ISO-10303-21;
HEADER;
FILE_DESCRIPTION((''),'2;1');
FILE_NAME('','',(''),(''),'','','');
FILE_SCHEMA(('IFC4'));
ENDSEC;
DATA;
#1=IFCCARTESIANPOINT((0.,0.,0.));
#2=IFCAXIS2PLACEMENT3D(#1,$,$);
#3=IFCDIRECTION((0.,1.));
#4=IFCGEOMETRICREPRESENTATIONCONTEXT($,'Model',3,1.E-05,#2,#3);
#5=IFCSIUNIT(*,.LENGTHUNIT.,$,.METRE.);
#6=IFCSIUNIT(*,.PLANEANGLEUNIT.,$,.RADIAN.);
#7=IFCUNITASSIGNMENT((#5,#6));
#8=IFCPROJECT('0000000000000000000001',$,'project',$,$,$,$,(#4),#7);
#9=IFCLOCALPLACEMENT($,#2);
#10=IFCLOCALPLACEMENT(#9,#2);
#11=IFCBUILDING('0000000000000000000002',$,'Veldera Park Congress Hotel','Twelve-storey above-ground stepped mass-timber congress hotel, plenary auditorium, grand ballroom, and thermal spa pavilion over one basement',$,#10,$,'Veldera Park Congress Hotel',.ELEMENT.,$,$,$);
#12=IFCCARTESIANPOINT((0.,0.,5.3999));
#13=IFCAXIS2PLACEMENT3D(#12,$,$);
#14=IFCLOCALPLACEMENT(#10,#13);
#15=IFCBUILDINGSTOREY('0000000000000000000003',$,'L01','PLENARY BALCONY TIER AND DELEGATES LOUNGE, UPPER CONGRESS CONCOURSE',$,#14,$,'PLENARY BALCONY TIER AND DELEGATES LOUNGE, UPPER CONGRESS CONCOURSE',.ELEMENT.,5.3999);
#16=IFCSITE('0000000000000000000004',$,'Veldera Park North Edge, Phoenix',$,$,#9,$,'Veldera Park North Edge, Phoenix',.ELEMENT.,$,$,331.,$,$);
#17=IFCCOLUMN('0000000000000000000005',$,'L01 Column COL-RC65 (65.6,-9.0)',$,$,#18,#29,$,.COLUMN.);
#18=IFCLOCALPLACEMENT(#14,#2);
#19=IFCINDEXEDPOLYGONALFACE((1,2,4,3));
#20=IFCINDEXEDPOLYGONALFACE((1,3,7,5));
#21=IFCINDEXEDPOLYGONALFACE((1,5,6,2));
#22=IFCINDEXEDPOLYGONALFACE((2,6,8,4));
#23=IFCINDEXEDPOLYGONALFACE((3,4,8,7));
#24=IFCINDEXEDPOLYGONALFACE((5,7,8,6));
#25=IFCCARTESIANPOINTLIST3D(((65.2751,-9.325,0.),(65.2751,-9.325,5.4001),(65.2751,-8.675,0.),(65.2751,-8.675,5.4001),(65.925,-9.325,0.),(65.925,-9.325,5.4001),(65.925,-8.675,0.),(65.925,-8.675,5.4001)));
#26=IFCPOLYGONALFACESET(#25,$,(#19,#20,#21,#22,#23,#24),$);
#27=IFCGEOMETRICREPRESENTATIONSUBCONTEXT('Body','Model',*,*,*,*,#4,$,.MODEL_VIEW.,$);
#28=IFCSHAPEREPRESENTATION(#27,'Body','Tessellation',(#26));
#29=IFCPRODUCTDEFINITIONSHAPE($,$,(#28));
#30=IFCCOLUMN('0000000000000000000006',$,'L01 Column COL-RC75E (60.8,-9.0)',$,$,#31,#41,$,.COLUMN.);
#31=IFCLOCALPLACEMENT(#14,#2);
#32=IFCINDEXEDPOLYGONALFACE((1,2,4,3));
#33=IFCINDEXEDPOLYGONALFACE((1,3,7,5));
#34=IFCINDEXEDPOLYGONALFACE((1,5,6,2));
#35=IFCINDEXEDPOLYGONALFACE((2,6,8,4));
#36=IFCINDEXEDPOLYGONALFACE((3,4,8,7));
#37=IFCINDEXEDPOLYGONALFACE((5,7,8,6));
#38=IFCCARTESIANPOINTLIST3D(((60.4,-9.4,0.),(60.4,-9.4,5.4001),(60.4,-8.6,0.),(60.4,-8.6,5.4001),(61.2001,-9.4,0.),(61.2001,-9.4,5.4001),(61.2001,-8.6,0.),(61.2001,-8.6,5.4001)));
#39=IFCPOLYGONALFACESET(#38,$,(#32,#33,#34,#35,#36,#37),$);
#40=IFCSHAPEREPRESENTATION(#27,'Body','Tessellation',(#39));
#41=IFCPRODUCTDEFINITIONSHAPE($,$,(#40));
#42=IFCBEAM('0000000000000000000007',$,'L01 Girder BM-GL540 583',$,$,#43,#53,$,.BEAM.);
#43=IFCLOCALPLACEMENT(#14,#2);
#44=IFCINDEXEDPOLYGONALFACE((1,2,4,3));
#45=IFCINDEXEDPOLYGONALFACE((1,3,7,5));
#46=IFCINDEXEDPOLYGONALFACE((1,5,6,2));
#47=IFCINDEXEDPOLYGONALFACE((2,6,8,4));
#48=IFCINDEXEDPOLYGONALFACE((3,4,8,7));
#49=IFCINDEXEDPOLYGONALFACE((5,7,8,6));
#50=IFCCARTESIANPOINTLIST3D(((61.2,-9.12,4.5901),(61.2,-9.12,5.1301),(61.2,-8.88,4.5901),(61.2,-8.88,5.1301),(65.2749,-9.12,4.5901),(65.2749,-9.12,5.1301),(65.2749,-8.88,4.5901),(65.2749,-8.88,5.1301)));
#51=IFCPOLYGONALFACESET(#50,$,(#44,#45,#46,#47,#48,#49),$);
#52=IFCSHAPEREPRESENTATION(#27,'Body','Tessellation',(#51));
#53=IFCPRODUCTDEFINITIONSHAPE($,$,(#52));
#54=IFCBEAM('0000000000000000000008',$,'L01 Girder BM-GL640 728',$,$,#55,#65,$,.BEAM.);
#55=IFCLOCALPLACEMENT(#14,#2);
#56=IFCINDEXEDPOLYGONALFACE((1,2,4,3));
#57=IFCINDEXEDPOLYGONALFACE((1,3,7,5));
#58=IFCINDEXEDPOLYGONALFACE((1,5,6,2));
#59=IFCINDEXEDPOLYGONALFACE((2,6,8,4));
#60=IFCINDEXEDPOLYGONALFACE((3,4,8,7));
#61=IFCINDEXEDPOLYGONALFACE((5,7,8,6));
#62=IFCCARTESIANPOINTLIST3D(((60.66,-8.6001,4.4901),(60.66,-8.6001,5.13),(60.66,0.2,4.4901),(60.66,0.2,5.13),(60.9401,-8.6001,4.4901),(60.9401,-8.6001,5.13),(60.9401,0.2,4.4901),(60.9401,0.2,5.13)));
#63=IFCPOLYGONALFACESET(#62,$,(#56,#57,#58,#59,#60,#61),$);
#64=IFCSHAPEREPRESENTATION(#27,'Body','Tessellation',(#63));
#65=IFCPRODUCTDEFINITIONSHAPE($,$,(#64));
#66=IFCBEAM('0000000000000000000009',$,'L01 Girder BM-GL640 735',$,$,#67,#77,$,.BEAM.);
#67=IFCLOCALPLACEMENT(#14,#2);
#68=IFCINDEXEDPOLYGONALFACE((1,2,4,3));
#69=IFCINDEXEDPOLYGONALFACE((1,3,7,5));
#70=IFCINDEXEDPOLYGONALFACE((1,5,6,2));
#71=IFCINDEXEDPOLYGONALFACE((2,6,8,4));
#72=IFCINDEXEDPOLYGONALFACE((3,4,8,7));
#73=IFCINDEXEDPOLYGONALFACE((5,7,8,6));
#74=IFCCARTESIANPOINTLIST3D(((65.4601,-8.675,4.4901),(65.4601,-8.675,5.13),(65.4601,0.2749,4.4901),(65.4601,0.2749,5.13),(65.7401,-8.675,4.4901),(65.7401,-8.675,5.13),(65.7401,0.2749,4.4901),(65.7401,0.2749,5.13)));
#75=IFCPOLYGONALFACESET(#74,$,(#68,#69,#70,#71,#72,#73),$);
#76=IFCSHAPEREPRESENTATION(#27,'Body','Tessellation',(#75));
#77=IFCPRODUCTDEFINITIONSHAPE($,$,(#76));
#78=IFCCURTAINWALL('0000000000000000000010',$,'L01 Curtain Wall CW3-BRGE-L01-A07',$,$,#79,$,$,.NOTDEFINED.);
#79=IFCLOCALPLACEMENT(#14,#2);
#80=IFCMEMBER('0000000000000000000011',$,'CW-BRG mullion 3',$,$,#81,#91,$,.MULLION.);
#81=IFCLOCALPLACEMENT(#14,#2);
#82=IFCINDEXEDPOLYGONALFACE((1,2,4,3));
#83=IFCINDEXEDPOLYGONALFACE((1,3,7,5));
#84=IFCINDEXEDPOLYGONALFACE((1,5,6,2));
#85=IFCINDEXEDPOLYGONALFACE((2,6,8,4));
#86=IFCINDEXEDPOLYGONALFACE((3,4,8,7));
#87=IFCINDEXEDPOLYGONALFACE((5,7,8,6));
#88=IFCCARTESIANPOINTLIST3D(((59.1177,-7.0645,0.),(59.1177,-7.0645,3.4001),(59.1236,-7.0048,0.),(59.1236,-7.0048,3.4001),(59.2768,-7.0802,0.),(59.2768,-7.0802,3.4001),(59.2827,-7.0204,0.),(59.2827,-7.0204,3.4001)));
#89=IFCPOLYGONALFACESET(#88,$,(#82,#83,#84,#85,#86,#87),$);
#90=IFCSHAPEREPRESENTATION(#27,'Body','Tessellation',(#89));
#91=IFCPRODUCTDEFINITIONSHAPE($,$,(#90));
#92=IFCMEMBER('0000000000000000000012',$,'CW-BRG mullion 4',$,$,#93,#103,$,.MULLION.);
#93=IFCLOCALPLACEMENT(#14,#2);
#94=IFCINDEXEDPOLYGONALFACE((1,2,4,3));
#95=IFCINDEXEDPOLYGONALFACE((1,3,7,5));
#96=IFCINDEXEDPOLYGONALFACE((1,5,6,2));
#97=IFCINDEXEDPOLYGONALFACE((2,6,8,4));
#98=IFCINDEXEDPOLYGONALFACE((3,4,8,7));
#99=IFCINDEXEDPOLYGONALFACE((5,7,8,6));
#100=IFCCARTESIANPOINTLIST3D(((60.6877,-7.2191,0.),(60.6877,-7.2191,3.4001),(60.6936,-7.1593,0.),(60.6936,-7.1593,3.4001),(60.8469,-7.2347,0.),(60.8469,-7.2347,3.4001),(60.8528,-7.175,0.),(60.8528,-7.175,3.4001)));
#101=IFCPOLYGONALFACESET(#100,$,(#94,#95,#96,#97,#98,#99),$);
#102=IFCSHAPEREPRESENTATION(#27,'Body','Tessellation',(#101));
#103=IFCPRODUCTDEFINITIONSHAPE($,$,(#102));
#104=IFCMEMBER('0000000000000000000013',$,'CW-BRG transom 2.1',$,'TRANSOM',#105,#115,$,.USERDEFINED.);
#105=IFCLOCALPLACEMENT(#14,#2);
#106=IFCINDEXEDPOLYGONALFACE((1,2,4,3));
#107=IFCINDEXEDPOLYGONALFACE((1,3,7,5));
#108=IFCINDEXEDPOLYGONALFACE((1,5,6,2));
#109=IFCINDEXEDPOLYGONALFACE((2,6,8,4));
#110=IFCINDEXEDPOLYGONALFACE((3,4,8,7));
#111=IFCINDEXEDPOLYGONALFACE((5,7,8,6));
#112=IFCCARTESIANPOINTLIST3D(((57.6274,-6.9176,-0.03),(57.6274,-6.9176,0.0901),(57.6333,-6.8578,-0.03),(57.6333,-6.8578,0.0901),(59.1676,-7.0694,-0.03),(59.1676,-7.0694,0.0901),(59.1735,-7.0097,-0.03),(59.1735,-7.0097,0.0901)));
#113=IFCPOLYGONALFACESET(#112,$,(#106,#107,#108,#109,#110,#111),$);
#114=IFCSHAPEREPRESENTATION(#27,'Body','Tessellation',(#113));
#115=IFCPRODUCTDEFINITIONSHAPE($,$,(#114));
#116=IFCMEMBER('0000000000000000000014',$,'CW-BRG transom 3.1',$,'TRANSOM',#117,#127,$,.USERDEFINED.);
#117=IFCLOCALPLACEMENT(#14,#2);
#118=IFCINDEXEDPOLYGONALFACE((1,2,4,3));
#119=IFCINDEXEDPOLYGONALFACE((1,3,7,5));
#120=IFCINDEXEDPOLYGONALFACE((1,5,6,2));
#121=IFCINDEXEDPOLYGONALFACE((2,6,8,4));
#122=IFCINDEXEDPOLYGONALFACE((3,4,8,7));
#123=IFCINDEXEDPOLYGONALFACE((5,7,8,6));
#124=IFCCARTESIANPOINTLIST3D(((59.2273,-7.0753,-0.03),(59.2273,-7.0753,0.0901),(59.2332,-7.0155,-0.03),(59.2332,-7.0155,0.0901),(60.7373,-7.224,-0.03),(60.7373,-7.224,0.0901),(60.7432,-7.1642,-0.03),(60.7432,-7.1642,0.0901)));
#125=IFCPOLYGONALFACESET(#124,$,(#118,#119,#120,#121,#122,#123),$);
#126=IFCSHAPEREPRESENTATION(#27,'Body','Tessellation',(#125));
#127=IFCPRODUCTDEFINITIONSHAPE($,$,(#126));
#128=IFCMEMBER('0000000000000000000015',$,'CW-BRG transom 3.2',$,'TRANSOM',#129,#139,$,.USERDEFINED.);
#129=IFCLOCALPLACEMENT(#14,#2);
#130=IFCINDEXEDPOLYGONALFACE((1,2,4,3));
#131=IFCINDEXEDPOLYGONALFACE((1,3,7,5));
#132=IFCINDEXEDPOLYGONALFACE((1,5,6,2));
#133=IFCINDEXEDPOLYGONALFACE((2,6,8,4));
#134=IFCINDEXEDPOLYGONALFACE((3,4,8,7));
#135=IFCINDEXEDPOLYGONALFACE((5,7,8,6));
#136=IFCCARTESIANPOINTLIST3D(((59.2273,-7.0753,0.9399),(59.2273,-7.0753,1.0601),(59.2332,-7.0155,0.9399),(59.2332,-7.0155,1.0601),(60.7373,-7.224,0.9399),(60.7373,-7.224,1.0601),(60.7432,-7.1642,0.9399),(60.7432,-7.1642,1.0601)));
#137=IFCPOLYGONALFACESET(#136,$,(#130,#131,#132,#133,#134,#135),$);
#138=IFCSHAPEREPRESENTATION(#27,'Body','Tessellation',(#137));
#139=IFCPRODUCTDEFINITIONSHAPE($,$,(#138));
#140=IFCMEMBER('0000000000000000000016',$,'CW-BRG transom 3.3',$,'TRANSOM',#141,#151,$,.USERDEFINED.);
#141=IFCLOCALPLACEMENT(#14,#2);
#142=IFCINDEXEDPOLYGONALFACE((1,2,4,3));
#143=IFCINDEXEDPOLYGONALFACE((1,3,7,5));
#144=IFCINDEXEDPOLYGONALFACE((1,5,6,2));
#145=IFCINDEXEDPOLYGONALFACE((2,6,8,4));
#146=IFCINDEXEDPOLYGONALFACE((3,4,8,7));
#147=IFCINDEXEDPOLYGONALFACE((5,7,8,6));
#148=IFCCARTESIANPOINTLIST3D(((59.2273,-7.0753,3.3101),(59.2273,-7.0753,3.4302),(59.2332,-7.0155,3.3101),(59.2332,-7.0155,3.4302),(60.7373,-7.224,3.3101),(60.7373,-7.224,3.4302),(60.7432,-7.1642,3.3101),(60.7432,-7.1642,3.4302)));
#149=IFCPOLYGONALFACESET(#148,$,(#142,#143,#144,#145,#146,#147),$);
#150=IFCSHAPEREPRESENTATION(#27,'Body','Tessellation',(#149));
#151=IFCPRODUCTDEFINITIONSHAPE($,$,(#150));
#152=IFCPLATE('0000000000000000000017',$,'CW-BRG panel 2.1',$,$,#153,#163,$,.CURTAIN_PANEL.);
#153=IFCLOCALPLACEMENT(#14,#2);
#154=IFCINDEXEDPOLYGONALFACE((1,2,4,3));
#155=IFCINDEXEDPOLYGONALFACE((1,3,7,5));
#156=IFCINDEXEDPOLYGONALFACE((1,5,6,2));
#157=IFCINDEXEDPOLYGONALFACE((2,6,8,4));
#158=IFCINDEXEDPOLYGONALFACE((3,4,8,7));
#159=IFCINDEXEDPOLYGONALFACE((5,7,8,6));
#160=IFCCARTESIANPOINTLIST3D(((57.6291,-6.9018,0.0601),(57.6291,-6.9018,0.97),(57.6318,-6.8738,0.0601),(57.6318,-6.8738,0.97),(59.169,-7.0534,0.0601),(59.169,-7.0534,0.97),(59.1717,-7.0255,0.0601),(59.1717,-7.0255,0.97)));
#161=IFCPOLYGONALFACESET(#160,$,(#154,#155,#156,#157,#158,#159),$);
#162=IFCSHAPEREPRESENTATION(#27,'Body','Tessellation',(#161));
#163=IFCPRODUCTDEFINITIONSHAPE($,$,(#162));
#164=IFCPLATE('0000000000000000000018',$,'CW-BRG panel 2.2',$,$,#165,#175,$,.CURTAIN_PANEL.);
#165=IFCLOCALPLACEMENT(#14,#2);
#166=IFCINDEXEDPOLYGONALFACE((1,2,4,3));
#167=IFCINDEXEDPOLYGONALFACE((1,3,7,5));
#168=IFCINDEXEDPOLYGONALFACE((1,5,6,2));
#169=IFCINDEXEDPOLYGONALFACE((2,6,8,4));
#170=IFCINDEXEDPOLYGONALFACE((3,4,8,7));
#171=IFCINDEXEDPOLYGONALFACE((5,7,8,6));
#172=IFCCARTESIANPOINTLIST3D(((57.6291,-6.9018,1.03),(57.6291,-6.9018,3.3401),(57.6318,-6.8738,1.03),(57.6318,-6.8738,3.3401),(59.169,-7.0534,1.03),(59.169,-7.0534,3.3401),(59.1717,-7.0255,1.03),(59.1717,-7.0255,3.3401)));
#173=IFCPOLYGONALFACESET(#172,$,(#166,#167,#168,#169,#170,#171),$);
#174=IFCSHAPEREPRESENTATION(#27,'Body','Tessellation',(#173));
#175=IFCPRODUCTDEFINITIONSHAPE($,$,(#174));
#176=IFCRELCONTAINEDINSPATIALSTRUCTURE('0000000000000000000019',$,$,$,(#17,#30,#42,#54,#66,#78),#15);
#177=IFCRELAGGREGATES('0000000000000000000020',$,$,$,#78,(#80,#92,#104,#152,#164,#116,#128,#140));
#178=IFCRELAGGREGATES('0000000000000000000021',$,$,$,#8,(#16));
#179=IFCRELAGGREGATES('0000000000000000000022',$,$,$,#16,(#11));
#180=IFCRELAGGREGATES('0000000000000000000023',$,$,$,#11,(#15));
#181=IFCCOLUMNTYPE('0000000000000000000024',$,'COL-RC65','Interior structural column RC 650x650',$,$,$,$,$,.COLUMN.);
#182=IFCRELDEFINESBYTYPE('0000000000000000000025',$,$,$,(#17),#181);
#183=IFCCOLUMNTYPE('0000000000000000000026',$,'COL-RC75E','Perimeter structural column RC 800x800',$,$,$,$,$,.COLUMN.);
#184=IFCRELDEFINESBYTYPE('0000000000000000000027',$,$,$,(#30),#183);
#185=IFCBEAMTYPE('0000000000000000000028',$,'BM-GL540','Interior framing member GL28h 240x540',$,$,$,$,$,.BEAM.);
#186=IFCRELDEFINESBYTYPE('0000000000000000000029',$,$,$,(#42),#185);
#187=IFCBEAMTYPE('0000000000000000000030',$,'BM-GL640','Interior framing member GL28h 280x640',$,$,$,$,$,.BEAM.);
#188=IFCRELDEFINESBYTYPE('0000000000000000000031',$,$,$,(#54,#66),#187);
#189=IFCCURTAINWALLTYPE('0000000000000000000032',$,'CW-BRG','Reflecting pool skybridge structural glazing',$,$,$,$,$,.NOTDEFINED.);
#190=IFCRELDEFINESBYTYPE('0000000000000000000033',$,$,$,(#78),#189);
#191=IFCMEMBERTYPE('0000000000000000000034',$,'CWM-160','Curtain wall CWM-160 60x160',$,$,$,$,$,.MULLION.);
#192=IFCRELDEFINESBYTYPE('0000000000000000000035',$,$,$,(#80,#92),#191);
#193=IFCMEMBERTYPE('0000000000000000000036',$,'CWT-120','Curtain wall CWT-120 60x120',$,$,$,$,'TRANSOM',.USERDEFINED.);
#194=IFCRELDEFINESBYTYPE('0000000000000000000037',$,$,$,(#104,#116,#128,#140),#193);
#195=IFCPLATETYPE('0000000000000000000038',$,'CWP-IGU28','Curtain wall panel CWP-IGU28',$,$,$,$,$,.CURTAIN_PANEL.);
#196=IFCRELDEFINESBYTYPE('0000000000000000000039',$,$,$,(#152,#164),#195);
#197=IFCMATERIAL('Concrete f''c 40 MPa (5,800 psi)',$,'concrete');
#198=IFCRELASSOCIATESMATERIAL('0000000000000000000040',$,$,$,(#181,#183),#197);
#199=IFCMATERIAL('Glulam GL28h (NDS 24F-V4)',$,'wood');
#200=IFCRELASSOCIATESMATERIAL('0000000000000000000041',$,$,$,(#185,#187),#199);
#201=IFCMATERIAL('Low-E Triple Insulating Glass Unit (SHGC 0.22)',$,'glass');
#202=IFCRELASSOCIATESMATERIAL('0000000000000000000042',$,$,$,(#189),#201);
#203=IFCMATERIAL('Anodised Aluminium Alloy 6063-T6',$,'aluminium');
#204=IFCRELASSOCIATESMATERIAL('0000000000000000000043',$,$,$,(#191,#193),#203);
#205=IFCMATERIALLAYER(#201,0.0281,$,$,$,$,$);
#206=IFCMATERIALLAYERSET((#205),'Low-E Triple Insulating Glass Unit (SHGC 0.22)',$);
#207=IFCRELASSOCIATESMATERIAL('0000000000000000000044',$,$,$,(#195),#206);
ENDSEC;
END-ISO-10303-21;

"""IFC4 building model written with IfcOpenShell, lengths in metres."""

from ifc_helpers import new_model, si_unit, direction, frame, origin, origin_2d, place, context, subcontext, project, spatial, rectangle, extrude, material, layer, layer_set, material_profile, profile_set, type_object, element, aggregate, save


model = new_model("IFC4")

# Units and contexts
model_context = context("Model", 3, precision=1e-05, world=origin(), true_north=direction((0.0, 1.0)))
body_context = subcontext(model_context, "Body", "Model", "MODEL_VIEW")
ifc_project = project(units=[si_unit("LENGTHUNIT", "METRE"), si_unit("PLANEANGLEUNIT", "RADIAN")], contexts=[model_context])

# Site, building, storey
site_placement = place(None, origin())
site = spatial("IfcSite", under=ifc_project, at=site_placement, Name="Veldera Park North Edge, Phoenix", LongName="Veldera Park North Edge, Phoenix", CompositionType="ELEMENT", RefElevation=331.0)
building_placement = place(site_placement, origin())
building = spatial("IfcBuilding", under=site, at=building_placement, Name="Veldera Park Congress Hotel", Description="Twelve-storey above-ground stepped mass-timber congress hotel, plenary auditorium, grand ballroom, and thermal spa pavilion over one basement", LongName="Veldera Park Congress Hotel", CompositionType="ELEMENT")
storey_placement = place(building_placement, frame((0.0, 0.0, 5.3999)))
storey = spatial("IfcBuildingStorey", under=building, at=storey_placement, Name="L01", Description="PLENARY BALCONY TIER AND DELEGATES LOUNGE, UPPER CONGRESS CONCOURSE", LongName="PLENARY BALCONY TIER AND DELEGATES LOUNGE, UPPER CONGRESS CONCOURSE", CompositionType="ELEMENT", Elevation=5.3999)

# Columns
ifc_material_1 = material(Name="Concrete f'c 40 MPa (5,800 psi)", Category="concrete")
ifc_material_profile_1 = material_profile(ifc_material_1, rectangle(XDim=0.6499, YDim=0.6499, at=origin_2d()), Name="RC 650x650")
ifc_profile_set_1 = profile_set([ifc_material_profile_1], Name="Concrete f'c 40 MPa (5,800 psi)")
column_type_1 = type_object("IfcColumnType", Name="COL-RC65", Description="Interior structural column RC 650x650", PredefinedType="COLUMN", material=ifc_profile_set_1)
column_1_placement = place(storey_placement, frame((65.6001, -9.0, 0.0), z_axis=(0.0, 0.0, 1.0), x_axis=(1.0, 0.0, 0.0)))
element("IfcColumn", 1, at=column_1_placement, inside=storey, type_object=column_type_1, Name="L01 Column COL-RC65 (65.6,-9.0)", PredefinedType="COLUMN", context=body_context, shape_type="SweptSolid", body=[
    extrude(rectangle(XDim=0.6499, YDim=0.6499, at=origin_2d()), origin(), (0.0, 0.0, 1.0), 5.4001),
])
ifc_material_profile_2 = material_profile(ifc_material_1, rectangle(XDim=0.8, YDim=0.8, at=origin_2d()), Name="RC 800x800")
ifc_profile_set_2 = profile_set([ifc_material_profile_2], Name="Concrete f'c 40 MPa (5,800 psi)")
column_type_2 = type_object("IfcColumnType", Name="COL-RC75E", Description="Perimeter structural column RC 800x800", PredefinedType="COLUMN", material=ifc_profile_set_2)
column_2_placement = place(storey_placement, frame((60.8, -9.0, 0.0), z_axis=(0.0, 0.0, 1.0), x_axis=(1.0, 0.0, 0.0)))
element("IfcColumn", 2, at=column_2_placement, inside=storey, type_object=column_type_2, Name="L01 Column COL-RC75E (60.8,-9.0)", PredefinedType="COLUMN", context=body_context, shape_type="SweptSolid", body=[
    extrude(rectangle(XDim=0.8, YDim=0.8, at=origin_2d()), origin(), (0.0, 0.0, 1.0), 5.4001),
])

# Beams
ifc_material_2 = material(Name="Glulam GL28h (NDS 24F-V4)", Category="wood")
ifc_material_profile_3 = material_profile(ifc_material_2, rectangle(XDim=0.24, YDim=0.54, at=origin_2d()), Name="GL28h 240x540")
ifc_profile_set_3 = profile_set([ifc_material_profile_3], Name="Glulam GL28h (NDS 24F-V4)")
beam_type_1 = type_object("IfcBeamType", Name="BM-GL540", Description="Interior framing member GL28h 240x540", PredefinedType="BEAM", material=ifc_profile_set_3)
beam_1_placement = place(storey_placement, frame((61.2, -9.0, 4.8601), z_axis=(1.0, 0.0, 0.0), x_axis=(0.0, 1.0, 0.0)))
element("IfcBeam", 3, at=beam_1_placement, inside=storey, type_object=beam_type_1, Name="L01 Girder BM-GL540 583", PredefinedType="BEAM", context=body_context, shape_type="SweptSolid", body=[
    extrude(rectangle(XDim=0.24, YDim=0.54, at=origin_2d()), origin(), (0.0, 0.0, 1.0), 4.075),
])
ifc_material_profile_4 = material_profile(ifc_material_2, rectangle(XDim=0.28, YDim=0.6399, at=origin_2d()), Name="GL28h 280x640")
ifc_profile_set_4 = profile_set([ifc_material_profile_4], Name="Glulam GL28h (NDS 24F-V4)")
beam_type_2 = type_object("IfcBeamType", Name="BM-GL640", Description="Interior framing member GL28h 280x640", PredefinedType="BEAM", material=ifc_profile_set_4)
beam_2_placement = place(storey_placement, frame((60.8, -8.6001, 4.8101), z_axis=(0.0, 1.0, 0.0), x_axis=(-1.0, 0.0, 0.0)))
element("IfcBeam", 4, at=beam_2_placement, inside=storey, type_object=beam_type_2, Name="L01 Girder BM-GL640 728", PredefinedType="BEAM", context=body_context, shape_type="SweptSolid", body=[
    extrude(rectangle(XDim=0.28, YDim=0.6399, at=origin_2d()), origin(), (0.0, 0.0, 1.0), 8.8),
])
beam_3_placement = place(storey_placement, frame((65.6001, -8.675, 4.8101), z_axis=(0.0, 1.0, 0.0), x_axis=(-1.0, 0.0, 0.0)))
element("IfcBeam", 5, at=beam_3_placement, inside=storey, type_object=beam_type_2, Name="L01 Girder BM-GL640 735", PredefinedType="BEAM", context=body_context, shape_type="SweptSolid", body=[
    extrude(rectangle(XDim=0.28, YDim=0.6399, at=origin_2d()), origin(), (0.0, 0.0, 1.0), 8.95),
])

# Curtain wall, members, plates
ifc_material_3 = material(Name="Low-E Triple Insulating Glass Unit (SHGC 0.22)", Category="glass")
curtain_wall_type = type_object("IfcCurtainWallType", Name="CW-BRG", Description="Reflecting pool skybridge structural glazing", PredefinedType="NOTDEFINED", material=ifc_material_3)
curtain_wall_placement = place(storey_placement, origin())
curtain_wall = element("IfcCurtainWall", 6, at=curtain_wall_placement, inside=storey, type_object=curtain_wall_type, Name="L01 Curtain Wall CW3-BRGE-L01-A07", PredefinedType="NOTDEFINED")
ifc_material_4 = material(Name="Anodised Aluminium Alloy 6063-T6", Category="aluminium")
ifc_material_profile_5 = material_profile(ifc_material_4, rectangle(XDim=0.0601, YDim=0.1599, at=origin_2d()), Name="ALU 60x160")
ifc_profile_set_5 = profile_set([ifc_material_profile_5], Name="Anodised Aluminium Alloy 6063-T6")
member_type_1 = type_object("IfcMemberType", Name="CWM-160", Description="Curtain wall CWM-160 60x160", PredefinedType="MULLION", material=ifc_profile_set_5)
member_1_placement = place(storey_placement, frame((59.2002, -7.0425, 0.0), z_axis=(0.0, 0.0, 1.0), x_axis=(0.098021, 0.995184, 0.0)))
member_1 = element("IfcMember", 7, at=member_1_placement, type_object=member_type_1, Name="CW-BRG mullion 3", PredefinedType="MULLION", context=body_context, shape_type="SweptSolid", body=[
    extrude(rectangle(XDim=0.0601, YDim=0.1599, at=origin_2d()), origin(), (0.0, 0.0, 1.0), 3.4001),
])
member_2_placement = place(storey_placement, frame((60.7703, -7.197, 0.0), z_axis=(0.0, 0.0, 1.0), x_axis=(0.098021, 0.995184, 0.0)))
member_2 = element("IfcMember", 8, at=member_2_placement, type_object=member_type_1, Name="CW-BRG mullion 4", PredefinedType="MULLION", context=body_context, shape_type="SweptSolid", body=[
    extrude(rectangle(XDim=0.0601, YDim=0.1599, at=origin_2d()), origin(), (0.0, 0.0, 1.0), 3.4001),
])
ifc_material_profile_6 = material_profile(ifc_material_4, rectangle(XDim=0.0601, YDim=0.1201, at=origin_2d()), Name="ALU 60x120")
ifc_profile_set_6 = profile_set([ifc_material_profile_6], Name="Anodised Aluminium Alloy 6063-T6")
member_type_2 = type_object("IfcMemberType", Name="CWT-120", Description="Curtain wall CWT-120 60x120", ElementType="TRANSOM", PredefinedType="USERDEFINED", material=ifc_profile_set_6)
member_3_placement = place(storey_placement, frame((57.6304, -6.8877, 0.03), z_axis=(0.995174, -0.098129, 0.0), x_axis=(0.098129, 0.995174, 0.0)))
member_3 = element("IfcMember", 9, at=member_3_placement, type_object=member_type_2, Name="CW-BRG transom 2.1", ObjectType="TRANSOM", PredefinedType="USERDEFINED", context=body_context, shape_type="SweptSolid", body=[
    extrude(rectangle(XDim=0.0601, YDim=0.1201, at=origin_2d()), origin(), (0.0, 0.0, 1.0), 1.5476),
])
member_4_placement = place(storey_placement, frame((59.2302, -7.0454, 0.03), z_axis=(0.995187, -0.09799, 0.0), x_axis=(0.09799, 0.995187, 0.0)))
member_4 = element("IfcMember", 10, at=member_4_placement, type_object=member_type_2, Name="CW-BRG transom 3.1", ObjectType="TRANSOM", PredefinedType="USERDEFINED", context=body_context, shape_type="SweptSolid", body=[
    extrude(rectangle(XDim=0.0601, YDim=0.1201, at=origin_2d()), origin(), (0.0, 0.0, 1.0), 1.5173),
])
member_5_placement = place(storey_placement, frame((59.2302, -7.0454, 1.0), z_axis=(0.995187, -0.09799, 0.0), x_axis=(0.09799, 0.995187, 0.0)))
member_5 = element("IfcMember", 11, at=member_5_placement, type_object=member_type_2, Name="CW-BRG transom 3.2", ObjectType="TRANSOM", PredefinedType="USERDEFINED", context=body_context, shape_type="SweptSolid", body=[
    extrude(rectangle(XDim=0.0601, YDim=0.1201, at=origin_2d()), origin(), (0.0, 0.0, 1.0), 1.5173),
])
member_6_placement = place(storey_placement, frame((59.2302, -7.0454, 3.3701), z_axis=(0.995187, -0.09799, 0.0), x_axis=(0.09799, 0.995187, 0.0)))
member_6 = element("IfcMember", 12, at=member_6_placement, type_object=member_type_2, Name="CW-BRG transom 3.3", ObjectType="TRANSOM", PredefinedType="USERDEFINED", context=body_context, shape_type="SweptSolid", body=[
    extrude(rectangle(XDim=0.0601, YDim=0.1201, at=origin_2d()), origin(), (0.0, 0.0, 1.0), 1.5173),
])
ifc_layer_1 = layer(ifc_material_3, 0.0281)
ifc_layer_set_1 = layer_set([ifc_layer_1], Name="Low-E Triple Insulating Glass Unit (SHGC 0.22)")
plate_type = type_object("IfcPlateType", Name="CWP-IGU28", Description="Curtain wall panel CWP-IGU28", PredefinedType="CURTAIN_PANEL", material=ifc_layer_set_1)
plate_1_placement = place(storey_placement, frame((58.4004, -6.9636, 0.0601), z_axis=(0.0, 0.0, 1.0), x_axis=(0.995184, -0.098021, 0.0)))
plate_1 = element("IfcPlate", 13, at=plate_1_placement, type_object=plate_type, Name="CW-BRG panel 2.1", PredefinedType="CURTAIN_PANEL", context=body_context, shape_type="SweptSolid", body=[
    extrude(rectangle(XDim=1.5474, YDim=0.0281, at=origin_2d()), origin(), (0.0, 0.0, 1.0), 0.9099),
])
plate_2_placement = place(storey_placement, frame((58.4004, -6.9636, 1.03), z_axis=(0.0, 0.0, 1.0), x_axis=(0.995184, -0.098021, 0.0)))
plate_2 = element("IfcPlate", 14, at=plate_2_placement, type_object=plate_type, Name="CW-BRG panel 2.2", PredefinedType="CURTAIN_PANEL", context=body_context, shape_type="SweptSolid", body=[
    extrude(rectangle(XDim=1.5474, YDim=0.0281, at=origin_2d()), origin(), (0.0, 0.0, 1.0), 2.3101),
])
aggregate(curtain_wall, [member_1, member_2, member_3, plate_1, plate_2, member_4, member_5, member_6])

save(model, "model.ifc")
